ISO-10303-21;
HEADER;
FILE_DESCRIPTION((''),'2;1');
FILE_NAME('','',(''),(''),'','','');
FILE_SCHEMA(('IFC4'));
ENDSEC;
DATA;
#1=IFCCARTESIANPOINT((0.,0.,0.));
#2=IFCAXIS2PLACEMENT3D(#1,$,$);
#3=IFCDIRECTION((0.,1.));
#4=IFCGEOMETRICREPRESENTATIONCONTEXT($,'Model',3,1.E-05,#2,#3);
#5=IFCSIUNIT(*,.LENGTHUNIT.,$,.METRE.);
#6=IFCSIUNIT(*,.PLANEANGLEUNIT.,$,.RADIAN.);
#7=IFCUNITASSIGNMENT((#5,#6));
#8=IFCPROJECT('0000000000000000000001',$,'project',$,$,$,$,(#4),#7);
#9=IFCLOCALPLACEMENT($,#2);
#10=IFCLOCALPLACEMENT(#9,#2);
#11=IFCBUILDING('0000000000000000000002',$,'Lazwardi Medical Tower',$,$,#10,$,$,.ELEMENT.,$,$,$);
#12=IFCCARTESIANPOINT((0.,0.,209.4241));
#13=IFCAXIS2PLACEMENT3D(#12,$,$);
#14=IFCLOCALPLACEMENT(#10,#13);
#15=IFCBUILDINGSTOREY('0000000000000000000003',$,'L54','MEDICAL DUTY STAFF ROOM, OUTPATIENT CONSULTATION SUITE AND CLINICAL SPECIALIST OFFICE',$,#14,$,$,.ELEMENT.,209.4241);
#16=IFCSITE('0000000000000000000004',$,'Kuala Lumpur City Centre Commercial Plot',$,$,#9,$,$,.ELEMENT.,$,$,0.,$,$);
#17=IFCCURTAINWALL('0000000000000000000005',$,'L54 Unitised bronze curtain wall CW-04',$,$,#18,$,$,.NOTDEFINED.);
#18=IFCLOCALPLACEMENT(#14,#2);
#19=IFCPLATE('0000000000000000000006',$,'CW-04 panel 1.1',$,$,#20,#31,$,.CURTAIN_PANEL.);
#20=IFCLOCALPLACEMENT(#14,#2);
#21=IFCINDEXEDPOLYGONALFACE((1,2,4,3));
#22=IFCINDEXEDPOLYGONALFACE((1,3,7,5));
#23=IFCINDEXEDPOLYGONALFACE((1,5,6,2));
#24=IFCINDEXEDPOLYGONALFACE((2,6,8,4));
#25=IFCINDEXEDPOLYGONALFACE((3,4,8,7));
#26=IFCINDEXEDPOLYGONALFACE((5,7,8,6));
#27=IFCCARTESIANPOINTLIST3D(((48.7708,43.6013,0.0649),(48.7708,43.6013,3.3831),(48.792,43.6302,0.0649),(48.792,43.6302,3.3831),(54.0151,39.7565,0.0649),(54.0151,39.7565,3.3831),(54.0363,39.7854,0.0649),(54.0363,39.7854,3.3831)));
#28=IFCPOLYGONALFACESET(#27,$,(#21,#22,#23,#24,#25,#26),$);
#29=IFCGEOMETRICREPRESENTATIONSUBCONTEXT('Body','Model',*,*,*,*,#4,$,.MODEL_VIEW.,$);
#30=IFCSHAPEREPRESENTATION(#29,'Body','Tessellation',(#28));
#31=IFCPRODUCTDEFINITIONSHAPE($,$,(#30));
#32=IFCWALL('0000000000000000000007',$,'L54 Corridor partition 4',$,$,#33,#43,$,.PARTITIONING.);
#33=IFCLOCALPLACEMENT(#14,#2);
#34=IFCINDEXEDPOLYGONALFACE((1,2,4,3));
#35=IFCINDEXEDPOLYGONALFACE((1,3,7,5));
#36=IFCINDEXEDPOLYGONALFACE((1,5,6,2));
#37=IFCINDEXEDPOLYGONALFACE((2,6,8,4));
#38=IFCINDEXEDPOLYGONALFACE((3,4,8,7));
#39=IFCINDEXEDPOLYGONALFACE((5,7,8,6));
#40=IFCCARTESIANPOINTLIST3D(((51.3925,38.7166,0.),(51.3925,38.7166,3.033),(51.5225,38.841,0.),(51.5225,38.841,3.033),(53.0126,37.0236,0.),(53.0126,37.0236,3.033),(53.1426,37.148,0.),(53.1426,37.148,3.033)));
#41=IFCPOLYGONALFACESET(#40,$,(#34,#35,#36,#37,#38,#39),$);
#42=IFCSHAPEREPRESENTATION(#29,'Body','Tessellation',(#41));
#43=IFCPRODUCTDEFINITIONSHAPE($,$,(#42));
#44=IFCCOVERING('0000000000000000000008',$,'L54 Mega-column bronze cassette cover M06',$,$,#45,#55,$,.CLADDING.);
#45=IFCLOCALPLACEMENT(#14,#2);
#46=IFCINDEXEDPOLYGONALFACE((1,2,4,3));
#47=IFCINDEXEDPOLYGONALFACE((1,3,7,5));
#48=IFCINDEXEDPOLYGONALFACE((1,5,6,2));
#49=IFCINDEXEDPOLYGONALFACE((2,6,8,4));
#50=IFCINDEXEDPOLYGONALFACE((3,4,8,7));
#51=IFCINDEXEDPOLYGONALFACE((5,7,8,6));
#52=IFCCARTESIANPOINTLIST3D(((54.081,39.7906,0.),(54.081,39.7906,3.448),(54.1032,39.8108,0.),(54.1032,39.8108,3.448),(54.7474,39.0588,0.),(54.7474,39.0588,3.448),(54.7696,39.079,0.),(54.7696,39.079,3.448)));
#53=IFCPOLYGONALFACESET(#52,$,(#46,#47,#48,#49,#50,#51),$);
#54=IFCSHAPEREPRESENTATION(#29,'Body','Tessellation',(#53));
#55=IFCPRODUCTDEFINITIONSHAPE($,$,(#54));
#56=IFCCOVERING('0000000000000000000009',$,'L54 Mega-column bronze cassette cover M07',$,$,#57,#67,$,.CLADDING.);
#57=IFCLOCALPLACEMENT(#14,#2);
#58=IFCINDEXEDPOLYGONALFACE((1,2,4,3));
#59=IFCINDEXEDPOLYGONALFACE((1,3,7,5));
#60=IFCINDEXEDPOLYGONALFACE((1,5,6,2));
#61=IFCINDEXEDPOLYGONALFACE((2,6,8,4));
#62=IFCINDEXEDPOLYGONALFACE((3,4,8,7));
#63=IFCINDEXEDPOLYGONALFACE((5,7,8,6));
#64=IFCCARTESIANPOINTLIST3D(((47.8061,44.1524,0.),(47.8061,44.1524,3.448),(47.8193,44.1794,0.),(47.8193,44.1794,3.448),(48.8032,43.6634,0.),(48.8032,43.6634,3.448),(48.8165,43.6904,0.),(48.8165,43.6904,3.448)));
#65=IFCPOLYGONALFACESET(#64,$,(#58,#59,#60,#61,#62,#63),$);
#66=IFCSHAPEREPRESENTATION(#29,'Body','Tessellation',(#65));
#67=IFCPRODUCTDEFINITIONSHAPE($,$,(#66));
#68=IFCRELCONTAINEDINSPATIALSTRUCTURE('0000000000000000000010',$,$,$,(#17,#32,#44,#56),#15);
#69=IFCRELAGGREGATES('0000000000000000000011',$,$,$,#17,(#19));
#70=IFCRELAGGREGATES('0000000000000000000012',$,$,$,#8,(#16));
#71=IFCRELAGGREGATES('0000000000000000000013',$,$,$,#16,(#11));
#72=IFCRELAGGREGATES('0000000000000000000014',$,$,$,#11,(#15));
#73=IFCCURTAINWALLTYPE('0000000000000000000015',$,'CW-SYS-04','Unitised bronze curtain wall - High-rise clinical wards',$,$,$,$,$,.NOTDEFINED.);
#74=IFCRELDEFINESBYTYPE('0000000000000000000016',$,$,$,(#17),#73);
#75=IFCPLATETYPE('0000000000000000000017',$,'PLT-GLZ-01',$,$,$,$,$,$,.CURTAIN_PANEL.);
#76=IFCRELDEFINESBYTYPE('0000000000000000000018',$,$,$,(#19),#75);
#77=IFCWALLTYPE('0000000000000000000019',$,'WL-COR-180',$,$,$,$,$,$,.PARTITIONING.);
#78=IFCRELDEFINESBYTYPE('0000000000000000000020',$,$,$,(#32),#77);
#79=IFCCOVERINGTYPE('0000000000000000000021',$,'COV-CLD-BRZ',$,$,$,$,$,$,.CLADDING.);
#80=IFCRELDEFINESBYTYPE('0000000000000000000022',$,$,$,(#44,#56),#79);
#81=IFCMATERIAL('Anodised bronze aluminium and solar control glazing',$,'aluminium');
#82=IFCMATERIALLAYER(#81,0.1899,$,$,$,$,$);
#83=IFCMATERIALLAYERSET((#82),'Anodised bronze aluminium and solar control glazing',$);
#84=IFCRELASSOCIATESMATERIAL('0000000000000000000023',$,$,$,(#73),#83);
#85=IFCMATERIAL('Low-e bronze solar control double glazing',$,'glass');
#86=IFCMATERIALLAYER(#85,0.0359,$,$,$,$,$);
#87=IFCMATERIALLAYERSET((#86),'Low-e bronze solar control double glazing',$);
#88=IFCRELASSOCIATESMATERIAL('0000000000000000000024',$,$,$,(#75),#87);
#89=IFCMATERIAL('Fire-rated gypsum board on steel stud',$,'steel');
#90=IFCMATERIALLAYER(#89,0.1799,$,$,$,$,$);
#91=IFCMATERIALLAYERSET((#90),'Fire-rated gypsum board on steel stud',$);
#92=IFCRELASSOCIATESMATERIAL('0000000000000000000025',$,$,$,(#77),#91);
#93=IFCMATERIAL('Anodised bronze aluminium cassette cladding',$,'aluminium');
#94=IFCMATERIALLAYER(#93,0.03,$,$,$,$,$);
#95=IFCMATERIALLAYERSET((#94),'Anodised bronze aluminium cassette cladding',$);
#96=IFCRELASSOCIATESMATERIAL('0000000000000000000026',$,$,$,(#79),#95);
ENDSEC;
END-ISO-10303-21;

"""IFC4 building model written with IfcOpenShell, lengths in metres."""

from ifc_helpers import new_model, si_unit, direction, frame, frame_2d, origin, origin_2d, place, context, subcontext, project, spatial, rectangle, extrude, material, layer, layer_set, type_object, element, aggregate, save


model = new_model("IFC4")

# Units and contexts
model_context = context("Model", 3, precision=1e-05, world=origin(), true_north=direction((0.0, 1.0)))
body_context = subcontext(model_context, "Body", "Model", "MODEL_VIEW")
ifc_project = project(units=[si_unit("LENGTHUNIT", "METRE"), si_unit("PLANEANGLEUNIT", "RADIAN")], contexts=[model_context])

# Site, building, storey
site_placement = place(None, origin())
site = spatial("IfcSite", under=ifc_project, at=site_placement, Name="Kuala Lumpur City Centre Commercial Plot", CompositionType="ELEMENT", RefElevation=0.0)
building_placement = place(site_placement, origin())
building = spatial("IfcBuilding", under=site, at=building_placement, Name="Lazwardi Medical Tower", CompositionType="ELEMENT")
storey_placement = place(building_placement, frame((0.0, 0.0, 209.4241)))
storey = spatial("IfcBuildingStorey", under=building, at=storey_placement, Name="L54", Description="MEDICAL DUTY STAFF ROOM, OUTPATIENT CONSULTATION SUITE AND CLINICAL SPECIALIST OFFICE", CompositionType="ELEMENT", Elevation=209.4241)

# Shared definitions
ifc_material_1 = material(Name="Anodised bronze aluminium and solar control glazing", Category="aluminium")
ifc_layer_1 = layer(ifc_material_1, 0.1899)
ifc_layer_set_1 = layer_set([ifc_layer_1], Name="Anodised bronze aluminium and solar control glazing")
curtain_wall_type = type_object("IfcCurtainWallType", Name="CW-SYS-04", Description="Unitised bronze curtain wall - High-rise clinical wards", PredefinedType="NOTDEFINED", material=ifc_layer_set_1)

# Curtain wall
curtain_wall_1_placement = place(storey_placement, origin())
curtain_wall_1 = element("IfcCurtainWall", 1, at=curtain_wall_1_placement, inside=storey, type_object=curtain_wall_type, Name="L54 Unitised bronze curtain wall CW-04", PredefinedType="NOTDEFINED")

# Plate
ifc_material_2 = material(Name="Low-e bronze solar control double glazing", Category="glass")
ifc_layer_2 = layer(ifc_material_2, 0.0359)
ifc_layer_set_2 = layer_set([ifc_layer_2], Name="Low-e bronze solar control double glazing")
plate_type = type_object("IfcPlateType", Name="PLT-GLZ-01", PredefinedType="CURTAIN_PANEL", material=ifc_layer_set_2)
plate_placement = place(storey_placement, frame((51.4036, 41.6934, 0.0649), z_axis=(0.0, 0.0, 1.0), x_axis=(-0.806475, 0.591268, 0.0)))
plate = element("IfcPlate", 2, at=plate_placement, type_object=plate_type, Name="CW-04 panel 1.1", PredefinedType="CURTAIN_PANEL", context=body_context, shape_type="SweptSolid", body=[
    extrude(rectangle(XDim=6.5027, YDim=0.0359, at=origin_2d()), origin(), (0.0, 0.0, 1.0), 3.3181),
])
aggregate(curtain_wall_1, [plate])

# Wall
ifc_material_3 = material(Name="Fire-rated gypsum board on steel stud", Category="steel")
ifc_layer_3 = layer(ifc_material_3, 0.1799)
ifc_layer_set_3 = layer_set([ifc_layer_3], Name="Fire-rated gypsum board on steel stud")
wall_type = type_object("IfcWallType", Name="WL-COR-180", PredefinedType="PARTITIONING", material=ifc_layer_set_3)
wall_placement = place(storey_placement, frame((51.4575, 38.7788, 0.0), z_axis=(0.0, 0.0, 1.0), x_axis=(0.69136, -0.722511, 0.0)))
element("IfcWall", 3, at=wall_placement, inside=storey, type_object=wall_type, Name="L54 Corridor partition 4", PredefinedType="PARTITIONING", context=body_context, shape_type="SweptSolid", body=[
    extrude(rectangle(XDim=2.3433, YDim=0.1799, at=frame_2d((1.1716, 0.0))), origin(), (0.0, 0.0, 1.0), 3.033),
])

# Coverings
ifc_material_4 = material(Name="Anodised bronze aluminium cassette cladding", Category="aluminium")
ifc_layer_4 = layer(ifc_material_4, 0.03)
ifc_layer_set_4 = layer_set([ifc_layer_4], Name="Anodised bronze aluminium cassette cladding")
covering_type = type_object("IfcCoveringType", Name="COV-CLD-BRZ", PredefinedType="CLADDING", material=ifc_layer_set_4)
covering_1_placement = place(storey_placement, frame((54.4253, 39.4348, 0.0), z_axis=(0.0, 0.0, 1.0), x_axis=(-0.673241, 0.739423, 0.0)))
element("IfcCovering", 4, at=covering_1_placement, inside=storey, type_object=covering_type, Name="L54 Mega-column bronze cassette cover M06", PredefinedType="CLADDING", context=body_context, shape_type="SweptSolid", body=[
    extrude(rectangle(XDim=0.9897, YDim=0.03, at=origin_2d()), origin(), (0.0, 0.0, 1.0), 3.448),
])
covering_2_placement = place(storey_placement, frame((48.3113, 43.9214, 0.0), z_axis=(0.0, 0.0, 1.0), x_axis=(-0.89784, 0.440322, 0.0)))
element("IfcCovering", 5, at=covering_2_placement, inside=storey, type_object=covering_type, Name="L54 Mega-column bronze cassette cover M07", PredefinedType="CLADDING", context=body_context, shape_type="SweptSolid", body=[
    extrude(rectangle(XDim=1.1106, YDim=0.03, at=origin_2d()), origin(), (0.0, 0.0, 1.0), 3.448),
])

save(model, "model.ifc")
